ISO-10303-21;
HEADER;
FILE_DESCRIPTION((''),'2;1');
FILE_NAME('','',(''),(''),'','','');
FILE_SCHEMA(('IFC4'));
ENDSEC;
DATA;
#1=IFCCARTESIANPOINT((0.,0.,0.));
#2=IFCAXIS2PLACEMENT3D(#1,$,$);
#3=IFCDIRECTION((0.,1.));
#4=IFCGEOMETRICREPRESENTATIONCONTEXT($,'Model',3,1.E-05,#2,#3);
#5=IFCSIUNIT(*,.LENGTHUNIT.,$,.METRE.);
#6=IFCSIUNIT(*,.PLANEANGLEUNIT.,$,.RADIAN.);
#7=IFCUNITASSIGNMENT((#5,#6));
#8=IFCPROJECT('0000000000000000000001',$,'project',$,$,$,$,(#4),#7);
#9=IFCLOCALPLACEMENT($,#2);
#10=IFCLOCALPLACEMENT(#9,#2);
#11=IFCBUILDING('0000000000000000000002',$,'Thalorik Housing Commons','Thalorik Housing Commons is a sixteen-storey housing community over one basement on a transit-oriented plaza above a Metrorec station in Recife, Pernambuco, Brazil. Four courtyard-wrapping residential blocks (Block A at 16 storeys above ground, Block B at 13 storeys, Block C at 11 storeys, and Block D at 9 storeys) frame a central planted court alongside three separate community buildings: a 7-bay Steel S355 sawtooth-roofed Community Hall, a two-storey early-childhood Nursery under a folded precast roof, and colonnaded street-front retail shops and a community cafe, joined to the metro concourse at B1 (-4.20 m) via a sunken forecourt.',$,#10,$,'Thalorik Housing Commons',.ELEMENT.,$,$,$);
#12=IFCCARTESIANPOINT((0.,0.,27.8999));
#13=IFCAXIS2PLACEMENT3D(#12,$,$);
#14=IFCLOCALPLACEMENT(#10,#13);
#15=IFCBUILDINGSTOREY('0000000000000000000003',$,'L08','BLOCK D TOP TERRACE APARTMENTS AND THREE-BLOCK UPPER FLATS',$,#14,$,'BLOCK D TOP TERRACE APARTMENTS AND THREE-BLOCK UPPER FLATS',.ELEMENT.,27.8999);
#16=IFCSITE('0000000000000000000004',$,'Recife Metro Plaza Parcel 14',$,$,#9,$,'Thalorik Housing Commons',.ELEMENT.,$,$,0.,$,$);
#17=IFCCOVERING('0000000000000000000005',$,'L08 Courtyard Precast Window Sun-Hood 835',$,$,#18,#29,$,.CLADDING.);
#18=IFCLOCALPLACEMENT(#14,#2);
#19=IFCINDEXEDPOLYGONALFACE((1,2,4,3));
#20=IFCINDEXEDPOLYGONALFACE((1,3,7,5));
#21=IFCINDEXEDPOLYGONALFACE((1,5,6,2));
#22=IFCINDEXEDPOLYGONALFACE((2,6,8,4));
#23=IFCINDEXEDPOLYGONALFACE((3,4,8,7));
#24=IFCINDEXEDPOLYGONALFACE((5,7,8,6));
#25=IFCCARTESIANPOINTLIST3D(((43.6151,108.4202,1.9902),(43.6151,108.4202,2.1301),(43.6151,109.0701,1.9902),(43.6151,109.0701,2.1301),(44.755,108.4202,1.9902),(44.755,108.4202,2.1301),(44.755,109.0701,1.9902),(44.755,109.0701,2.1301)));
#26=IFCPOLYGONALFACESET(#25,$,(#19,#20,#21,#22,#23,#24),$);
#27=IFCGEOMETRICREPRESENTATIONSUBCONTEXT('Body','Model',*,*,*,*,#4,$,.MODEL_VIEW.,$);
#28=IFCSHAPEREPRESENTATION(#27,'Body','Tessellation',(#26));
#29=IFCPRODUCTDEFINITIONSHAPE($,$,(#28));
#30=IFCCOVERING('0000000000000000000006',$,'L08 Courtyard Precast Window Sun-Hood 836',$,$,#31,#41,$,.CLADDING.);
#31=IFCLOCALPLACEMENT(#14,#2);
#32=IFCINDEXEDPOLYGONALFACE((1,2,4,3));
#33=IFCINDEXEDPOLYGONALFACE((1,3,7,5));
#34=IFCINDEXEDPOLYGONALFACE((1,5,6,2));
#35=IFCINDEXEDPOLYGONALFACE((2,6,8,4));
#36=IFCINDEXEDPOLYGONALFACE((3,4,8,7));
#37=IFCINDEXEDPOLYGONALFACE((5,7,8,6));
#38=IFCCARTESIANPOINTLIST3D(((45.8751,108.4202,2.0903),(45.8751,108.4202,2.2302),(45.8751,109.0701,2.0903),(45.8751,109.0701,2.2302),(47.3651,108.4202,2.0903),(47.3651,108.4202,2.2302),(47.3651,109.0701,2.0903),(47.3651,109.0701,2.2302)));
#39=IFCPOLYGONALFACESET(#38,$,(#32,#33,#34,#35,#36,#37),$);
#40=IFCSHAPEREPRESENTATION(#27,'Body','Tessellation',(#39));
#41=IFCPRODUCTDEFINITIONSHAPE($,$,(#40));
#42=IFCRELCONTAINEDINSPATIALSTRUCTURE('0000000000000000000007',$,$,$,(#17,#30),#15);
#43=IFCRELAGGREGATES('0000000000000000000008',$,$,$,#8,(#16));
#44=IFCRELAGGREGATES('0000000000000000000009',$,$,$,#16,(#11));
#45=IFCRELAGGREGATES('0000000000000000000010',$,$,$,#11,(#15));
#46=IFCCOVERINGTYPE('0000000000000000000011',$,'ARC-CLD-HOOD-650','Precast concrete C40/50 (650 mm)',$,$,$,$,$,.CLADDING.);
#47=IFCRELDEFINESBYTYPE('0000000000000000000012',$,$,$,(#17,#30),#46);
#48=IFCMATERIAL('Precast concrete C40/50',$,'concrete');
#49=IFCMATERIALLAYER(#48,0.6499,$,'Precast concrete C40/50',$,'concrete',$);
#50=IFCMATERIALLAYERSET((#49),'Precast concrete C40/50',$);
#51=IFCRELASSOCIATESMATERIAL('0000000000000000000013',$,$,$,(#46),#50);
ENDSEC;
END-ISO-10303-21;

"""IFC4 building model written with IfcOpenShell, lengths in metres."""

from ifc_helpers import new_model, si_unit, direction, frame, origin, origin_2d, place, context, subcontext, project, spatial, rectangle, extrude, material, layer, layer_set, type_object, element, save


model = new_model("IFC4")

# Units and contexts
model_context = context("Model", 3, precision=1e-05, world=origin(), true_north=direction((0.0, 1.0)))
body_context = subcontext(model_context, "Body", "Model", "MODEL_VIEW")
ifc_project = project(units=[si_unit("LENGTHUNIT", "METRE"), si_unit("PLANEANGLEUNIT", "RADIAN")], contexts=[model_context])

# Site, building, storey
site_placement = place(None, origin())
site = spatial("IfcSite", under=ifc_project, at=site_placement, Name="Recife Metro Plaza Parcel 14", LongName="Thalorik Housing Commons", CompositionType="ELEMENT", RefElevation=0.0)
building_placement = place(site_placement, origin())
building = spatial("IfcBuilding", under=site, at=building_placement, Name="Thalorik Housing Commons", Description="Thalorik Housing Commons is a sixteen-storey housing community over one basement on a transit-oriented plaza above a Metrorec station in Recife, Pernambuco, Brazil. Four courtyard-wrapping residential blocks (Block A at 16 storeys above ground, Block B at 13 storeys, Block C at 11 storeys, and Block D at 9 storeys) frame a central planted court alongside three separate community buildings: a 7-bay Steel S355 sawtooth-roofed Community Hall, a two-storey early-childhood Nursery under a folded precast roof, and colonnaded street-front retail shops and a community cafe, joined to the metro concourse at B1 (-4.20 m) via a sunken forecourt.", LongName="Thalorik Housing Commons", CompositionType="ELEMENT")
storey_placement = place(building_placement, frame((0.0, 0.0, 27.8999)))
storey = spatial("IfcBuildingStorey", under=building, at=storey_placement, Name="L08", Description="BLOCK D TOP TERRACE APARTMENTS AND THREE-BLOCK UPPER FLATS", LongName="BLOCK D TOP TERRACE APARTMENTS AND THREE-BLOCK UPPER FLATS", CompositionType="ELEMENT", Elevation=27.8999)

# Shared definitions
ifc_material_1 = material(Name="Precast concrete C40/50", Category="concrete")

# Coverings
ifc_layer_1 = layer(ifc_material_1, 0.6499, Name="Precast concrete C40/50", Category="concrete")
ifc_layer_set_1 = layer_set([ifc_layer_1], Name="Precast concrete C40/50")
covering_type_1 = type_object("IfcCoveringType", Name="ARC-CLD-HOOD-650", Description="Precast concrete C40/50 (650 mm)", PredefinedType="CLADDING", material=ifc_layer_set_1)
covering_1_placement = place(storey_placement, frame((44.1851, 108.7451, 1.9902), z_axis=(0.0, 0.0, 1.0), x_axis=(1.0, 0.0, 0.0)))
element("IfcCovering", 1, at=covering_1_placement, inside=storey, type_object=covering_type_1, Name="L08 Courtyard Precast Window Sun-Hood 835", PredefinedType="CLADDING", context=body_context, shape_type="SweptSolid", body=[
    extrude(rectangle(XDim=1.1399, YDim=0.6499, at=origin_2d()), origin(), (0.0, 0.0, 1.0), 0.1399),
])
covering_2_placement = place(storey_placement, frame((46.6201, 108.7451, 2.0903), z_axis=(0.0, 0.0, 1.0), x_axis=(1.0, 0.0, 0.0)))
element("IfcCovering", 2, at=covering_2_placement, inside=storey, type_object=covering_type_1, Name="L08 Courtyard Precast Window Sun-Hood 836", PredefinedType="CLADDING", context=body_context, shape_type="SweptSolid", body=[
    extrude(rectangle(XDim=1.49, YDim=0.6499, at=origin_2d()), origin(), (0.0, 0.0, 1.0), 0.1399),
])

save(model, "model.ifc")
